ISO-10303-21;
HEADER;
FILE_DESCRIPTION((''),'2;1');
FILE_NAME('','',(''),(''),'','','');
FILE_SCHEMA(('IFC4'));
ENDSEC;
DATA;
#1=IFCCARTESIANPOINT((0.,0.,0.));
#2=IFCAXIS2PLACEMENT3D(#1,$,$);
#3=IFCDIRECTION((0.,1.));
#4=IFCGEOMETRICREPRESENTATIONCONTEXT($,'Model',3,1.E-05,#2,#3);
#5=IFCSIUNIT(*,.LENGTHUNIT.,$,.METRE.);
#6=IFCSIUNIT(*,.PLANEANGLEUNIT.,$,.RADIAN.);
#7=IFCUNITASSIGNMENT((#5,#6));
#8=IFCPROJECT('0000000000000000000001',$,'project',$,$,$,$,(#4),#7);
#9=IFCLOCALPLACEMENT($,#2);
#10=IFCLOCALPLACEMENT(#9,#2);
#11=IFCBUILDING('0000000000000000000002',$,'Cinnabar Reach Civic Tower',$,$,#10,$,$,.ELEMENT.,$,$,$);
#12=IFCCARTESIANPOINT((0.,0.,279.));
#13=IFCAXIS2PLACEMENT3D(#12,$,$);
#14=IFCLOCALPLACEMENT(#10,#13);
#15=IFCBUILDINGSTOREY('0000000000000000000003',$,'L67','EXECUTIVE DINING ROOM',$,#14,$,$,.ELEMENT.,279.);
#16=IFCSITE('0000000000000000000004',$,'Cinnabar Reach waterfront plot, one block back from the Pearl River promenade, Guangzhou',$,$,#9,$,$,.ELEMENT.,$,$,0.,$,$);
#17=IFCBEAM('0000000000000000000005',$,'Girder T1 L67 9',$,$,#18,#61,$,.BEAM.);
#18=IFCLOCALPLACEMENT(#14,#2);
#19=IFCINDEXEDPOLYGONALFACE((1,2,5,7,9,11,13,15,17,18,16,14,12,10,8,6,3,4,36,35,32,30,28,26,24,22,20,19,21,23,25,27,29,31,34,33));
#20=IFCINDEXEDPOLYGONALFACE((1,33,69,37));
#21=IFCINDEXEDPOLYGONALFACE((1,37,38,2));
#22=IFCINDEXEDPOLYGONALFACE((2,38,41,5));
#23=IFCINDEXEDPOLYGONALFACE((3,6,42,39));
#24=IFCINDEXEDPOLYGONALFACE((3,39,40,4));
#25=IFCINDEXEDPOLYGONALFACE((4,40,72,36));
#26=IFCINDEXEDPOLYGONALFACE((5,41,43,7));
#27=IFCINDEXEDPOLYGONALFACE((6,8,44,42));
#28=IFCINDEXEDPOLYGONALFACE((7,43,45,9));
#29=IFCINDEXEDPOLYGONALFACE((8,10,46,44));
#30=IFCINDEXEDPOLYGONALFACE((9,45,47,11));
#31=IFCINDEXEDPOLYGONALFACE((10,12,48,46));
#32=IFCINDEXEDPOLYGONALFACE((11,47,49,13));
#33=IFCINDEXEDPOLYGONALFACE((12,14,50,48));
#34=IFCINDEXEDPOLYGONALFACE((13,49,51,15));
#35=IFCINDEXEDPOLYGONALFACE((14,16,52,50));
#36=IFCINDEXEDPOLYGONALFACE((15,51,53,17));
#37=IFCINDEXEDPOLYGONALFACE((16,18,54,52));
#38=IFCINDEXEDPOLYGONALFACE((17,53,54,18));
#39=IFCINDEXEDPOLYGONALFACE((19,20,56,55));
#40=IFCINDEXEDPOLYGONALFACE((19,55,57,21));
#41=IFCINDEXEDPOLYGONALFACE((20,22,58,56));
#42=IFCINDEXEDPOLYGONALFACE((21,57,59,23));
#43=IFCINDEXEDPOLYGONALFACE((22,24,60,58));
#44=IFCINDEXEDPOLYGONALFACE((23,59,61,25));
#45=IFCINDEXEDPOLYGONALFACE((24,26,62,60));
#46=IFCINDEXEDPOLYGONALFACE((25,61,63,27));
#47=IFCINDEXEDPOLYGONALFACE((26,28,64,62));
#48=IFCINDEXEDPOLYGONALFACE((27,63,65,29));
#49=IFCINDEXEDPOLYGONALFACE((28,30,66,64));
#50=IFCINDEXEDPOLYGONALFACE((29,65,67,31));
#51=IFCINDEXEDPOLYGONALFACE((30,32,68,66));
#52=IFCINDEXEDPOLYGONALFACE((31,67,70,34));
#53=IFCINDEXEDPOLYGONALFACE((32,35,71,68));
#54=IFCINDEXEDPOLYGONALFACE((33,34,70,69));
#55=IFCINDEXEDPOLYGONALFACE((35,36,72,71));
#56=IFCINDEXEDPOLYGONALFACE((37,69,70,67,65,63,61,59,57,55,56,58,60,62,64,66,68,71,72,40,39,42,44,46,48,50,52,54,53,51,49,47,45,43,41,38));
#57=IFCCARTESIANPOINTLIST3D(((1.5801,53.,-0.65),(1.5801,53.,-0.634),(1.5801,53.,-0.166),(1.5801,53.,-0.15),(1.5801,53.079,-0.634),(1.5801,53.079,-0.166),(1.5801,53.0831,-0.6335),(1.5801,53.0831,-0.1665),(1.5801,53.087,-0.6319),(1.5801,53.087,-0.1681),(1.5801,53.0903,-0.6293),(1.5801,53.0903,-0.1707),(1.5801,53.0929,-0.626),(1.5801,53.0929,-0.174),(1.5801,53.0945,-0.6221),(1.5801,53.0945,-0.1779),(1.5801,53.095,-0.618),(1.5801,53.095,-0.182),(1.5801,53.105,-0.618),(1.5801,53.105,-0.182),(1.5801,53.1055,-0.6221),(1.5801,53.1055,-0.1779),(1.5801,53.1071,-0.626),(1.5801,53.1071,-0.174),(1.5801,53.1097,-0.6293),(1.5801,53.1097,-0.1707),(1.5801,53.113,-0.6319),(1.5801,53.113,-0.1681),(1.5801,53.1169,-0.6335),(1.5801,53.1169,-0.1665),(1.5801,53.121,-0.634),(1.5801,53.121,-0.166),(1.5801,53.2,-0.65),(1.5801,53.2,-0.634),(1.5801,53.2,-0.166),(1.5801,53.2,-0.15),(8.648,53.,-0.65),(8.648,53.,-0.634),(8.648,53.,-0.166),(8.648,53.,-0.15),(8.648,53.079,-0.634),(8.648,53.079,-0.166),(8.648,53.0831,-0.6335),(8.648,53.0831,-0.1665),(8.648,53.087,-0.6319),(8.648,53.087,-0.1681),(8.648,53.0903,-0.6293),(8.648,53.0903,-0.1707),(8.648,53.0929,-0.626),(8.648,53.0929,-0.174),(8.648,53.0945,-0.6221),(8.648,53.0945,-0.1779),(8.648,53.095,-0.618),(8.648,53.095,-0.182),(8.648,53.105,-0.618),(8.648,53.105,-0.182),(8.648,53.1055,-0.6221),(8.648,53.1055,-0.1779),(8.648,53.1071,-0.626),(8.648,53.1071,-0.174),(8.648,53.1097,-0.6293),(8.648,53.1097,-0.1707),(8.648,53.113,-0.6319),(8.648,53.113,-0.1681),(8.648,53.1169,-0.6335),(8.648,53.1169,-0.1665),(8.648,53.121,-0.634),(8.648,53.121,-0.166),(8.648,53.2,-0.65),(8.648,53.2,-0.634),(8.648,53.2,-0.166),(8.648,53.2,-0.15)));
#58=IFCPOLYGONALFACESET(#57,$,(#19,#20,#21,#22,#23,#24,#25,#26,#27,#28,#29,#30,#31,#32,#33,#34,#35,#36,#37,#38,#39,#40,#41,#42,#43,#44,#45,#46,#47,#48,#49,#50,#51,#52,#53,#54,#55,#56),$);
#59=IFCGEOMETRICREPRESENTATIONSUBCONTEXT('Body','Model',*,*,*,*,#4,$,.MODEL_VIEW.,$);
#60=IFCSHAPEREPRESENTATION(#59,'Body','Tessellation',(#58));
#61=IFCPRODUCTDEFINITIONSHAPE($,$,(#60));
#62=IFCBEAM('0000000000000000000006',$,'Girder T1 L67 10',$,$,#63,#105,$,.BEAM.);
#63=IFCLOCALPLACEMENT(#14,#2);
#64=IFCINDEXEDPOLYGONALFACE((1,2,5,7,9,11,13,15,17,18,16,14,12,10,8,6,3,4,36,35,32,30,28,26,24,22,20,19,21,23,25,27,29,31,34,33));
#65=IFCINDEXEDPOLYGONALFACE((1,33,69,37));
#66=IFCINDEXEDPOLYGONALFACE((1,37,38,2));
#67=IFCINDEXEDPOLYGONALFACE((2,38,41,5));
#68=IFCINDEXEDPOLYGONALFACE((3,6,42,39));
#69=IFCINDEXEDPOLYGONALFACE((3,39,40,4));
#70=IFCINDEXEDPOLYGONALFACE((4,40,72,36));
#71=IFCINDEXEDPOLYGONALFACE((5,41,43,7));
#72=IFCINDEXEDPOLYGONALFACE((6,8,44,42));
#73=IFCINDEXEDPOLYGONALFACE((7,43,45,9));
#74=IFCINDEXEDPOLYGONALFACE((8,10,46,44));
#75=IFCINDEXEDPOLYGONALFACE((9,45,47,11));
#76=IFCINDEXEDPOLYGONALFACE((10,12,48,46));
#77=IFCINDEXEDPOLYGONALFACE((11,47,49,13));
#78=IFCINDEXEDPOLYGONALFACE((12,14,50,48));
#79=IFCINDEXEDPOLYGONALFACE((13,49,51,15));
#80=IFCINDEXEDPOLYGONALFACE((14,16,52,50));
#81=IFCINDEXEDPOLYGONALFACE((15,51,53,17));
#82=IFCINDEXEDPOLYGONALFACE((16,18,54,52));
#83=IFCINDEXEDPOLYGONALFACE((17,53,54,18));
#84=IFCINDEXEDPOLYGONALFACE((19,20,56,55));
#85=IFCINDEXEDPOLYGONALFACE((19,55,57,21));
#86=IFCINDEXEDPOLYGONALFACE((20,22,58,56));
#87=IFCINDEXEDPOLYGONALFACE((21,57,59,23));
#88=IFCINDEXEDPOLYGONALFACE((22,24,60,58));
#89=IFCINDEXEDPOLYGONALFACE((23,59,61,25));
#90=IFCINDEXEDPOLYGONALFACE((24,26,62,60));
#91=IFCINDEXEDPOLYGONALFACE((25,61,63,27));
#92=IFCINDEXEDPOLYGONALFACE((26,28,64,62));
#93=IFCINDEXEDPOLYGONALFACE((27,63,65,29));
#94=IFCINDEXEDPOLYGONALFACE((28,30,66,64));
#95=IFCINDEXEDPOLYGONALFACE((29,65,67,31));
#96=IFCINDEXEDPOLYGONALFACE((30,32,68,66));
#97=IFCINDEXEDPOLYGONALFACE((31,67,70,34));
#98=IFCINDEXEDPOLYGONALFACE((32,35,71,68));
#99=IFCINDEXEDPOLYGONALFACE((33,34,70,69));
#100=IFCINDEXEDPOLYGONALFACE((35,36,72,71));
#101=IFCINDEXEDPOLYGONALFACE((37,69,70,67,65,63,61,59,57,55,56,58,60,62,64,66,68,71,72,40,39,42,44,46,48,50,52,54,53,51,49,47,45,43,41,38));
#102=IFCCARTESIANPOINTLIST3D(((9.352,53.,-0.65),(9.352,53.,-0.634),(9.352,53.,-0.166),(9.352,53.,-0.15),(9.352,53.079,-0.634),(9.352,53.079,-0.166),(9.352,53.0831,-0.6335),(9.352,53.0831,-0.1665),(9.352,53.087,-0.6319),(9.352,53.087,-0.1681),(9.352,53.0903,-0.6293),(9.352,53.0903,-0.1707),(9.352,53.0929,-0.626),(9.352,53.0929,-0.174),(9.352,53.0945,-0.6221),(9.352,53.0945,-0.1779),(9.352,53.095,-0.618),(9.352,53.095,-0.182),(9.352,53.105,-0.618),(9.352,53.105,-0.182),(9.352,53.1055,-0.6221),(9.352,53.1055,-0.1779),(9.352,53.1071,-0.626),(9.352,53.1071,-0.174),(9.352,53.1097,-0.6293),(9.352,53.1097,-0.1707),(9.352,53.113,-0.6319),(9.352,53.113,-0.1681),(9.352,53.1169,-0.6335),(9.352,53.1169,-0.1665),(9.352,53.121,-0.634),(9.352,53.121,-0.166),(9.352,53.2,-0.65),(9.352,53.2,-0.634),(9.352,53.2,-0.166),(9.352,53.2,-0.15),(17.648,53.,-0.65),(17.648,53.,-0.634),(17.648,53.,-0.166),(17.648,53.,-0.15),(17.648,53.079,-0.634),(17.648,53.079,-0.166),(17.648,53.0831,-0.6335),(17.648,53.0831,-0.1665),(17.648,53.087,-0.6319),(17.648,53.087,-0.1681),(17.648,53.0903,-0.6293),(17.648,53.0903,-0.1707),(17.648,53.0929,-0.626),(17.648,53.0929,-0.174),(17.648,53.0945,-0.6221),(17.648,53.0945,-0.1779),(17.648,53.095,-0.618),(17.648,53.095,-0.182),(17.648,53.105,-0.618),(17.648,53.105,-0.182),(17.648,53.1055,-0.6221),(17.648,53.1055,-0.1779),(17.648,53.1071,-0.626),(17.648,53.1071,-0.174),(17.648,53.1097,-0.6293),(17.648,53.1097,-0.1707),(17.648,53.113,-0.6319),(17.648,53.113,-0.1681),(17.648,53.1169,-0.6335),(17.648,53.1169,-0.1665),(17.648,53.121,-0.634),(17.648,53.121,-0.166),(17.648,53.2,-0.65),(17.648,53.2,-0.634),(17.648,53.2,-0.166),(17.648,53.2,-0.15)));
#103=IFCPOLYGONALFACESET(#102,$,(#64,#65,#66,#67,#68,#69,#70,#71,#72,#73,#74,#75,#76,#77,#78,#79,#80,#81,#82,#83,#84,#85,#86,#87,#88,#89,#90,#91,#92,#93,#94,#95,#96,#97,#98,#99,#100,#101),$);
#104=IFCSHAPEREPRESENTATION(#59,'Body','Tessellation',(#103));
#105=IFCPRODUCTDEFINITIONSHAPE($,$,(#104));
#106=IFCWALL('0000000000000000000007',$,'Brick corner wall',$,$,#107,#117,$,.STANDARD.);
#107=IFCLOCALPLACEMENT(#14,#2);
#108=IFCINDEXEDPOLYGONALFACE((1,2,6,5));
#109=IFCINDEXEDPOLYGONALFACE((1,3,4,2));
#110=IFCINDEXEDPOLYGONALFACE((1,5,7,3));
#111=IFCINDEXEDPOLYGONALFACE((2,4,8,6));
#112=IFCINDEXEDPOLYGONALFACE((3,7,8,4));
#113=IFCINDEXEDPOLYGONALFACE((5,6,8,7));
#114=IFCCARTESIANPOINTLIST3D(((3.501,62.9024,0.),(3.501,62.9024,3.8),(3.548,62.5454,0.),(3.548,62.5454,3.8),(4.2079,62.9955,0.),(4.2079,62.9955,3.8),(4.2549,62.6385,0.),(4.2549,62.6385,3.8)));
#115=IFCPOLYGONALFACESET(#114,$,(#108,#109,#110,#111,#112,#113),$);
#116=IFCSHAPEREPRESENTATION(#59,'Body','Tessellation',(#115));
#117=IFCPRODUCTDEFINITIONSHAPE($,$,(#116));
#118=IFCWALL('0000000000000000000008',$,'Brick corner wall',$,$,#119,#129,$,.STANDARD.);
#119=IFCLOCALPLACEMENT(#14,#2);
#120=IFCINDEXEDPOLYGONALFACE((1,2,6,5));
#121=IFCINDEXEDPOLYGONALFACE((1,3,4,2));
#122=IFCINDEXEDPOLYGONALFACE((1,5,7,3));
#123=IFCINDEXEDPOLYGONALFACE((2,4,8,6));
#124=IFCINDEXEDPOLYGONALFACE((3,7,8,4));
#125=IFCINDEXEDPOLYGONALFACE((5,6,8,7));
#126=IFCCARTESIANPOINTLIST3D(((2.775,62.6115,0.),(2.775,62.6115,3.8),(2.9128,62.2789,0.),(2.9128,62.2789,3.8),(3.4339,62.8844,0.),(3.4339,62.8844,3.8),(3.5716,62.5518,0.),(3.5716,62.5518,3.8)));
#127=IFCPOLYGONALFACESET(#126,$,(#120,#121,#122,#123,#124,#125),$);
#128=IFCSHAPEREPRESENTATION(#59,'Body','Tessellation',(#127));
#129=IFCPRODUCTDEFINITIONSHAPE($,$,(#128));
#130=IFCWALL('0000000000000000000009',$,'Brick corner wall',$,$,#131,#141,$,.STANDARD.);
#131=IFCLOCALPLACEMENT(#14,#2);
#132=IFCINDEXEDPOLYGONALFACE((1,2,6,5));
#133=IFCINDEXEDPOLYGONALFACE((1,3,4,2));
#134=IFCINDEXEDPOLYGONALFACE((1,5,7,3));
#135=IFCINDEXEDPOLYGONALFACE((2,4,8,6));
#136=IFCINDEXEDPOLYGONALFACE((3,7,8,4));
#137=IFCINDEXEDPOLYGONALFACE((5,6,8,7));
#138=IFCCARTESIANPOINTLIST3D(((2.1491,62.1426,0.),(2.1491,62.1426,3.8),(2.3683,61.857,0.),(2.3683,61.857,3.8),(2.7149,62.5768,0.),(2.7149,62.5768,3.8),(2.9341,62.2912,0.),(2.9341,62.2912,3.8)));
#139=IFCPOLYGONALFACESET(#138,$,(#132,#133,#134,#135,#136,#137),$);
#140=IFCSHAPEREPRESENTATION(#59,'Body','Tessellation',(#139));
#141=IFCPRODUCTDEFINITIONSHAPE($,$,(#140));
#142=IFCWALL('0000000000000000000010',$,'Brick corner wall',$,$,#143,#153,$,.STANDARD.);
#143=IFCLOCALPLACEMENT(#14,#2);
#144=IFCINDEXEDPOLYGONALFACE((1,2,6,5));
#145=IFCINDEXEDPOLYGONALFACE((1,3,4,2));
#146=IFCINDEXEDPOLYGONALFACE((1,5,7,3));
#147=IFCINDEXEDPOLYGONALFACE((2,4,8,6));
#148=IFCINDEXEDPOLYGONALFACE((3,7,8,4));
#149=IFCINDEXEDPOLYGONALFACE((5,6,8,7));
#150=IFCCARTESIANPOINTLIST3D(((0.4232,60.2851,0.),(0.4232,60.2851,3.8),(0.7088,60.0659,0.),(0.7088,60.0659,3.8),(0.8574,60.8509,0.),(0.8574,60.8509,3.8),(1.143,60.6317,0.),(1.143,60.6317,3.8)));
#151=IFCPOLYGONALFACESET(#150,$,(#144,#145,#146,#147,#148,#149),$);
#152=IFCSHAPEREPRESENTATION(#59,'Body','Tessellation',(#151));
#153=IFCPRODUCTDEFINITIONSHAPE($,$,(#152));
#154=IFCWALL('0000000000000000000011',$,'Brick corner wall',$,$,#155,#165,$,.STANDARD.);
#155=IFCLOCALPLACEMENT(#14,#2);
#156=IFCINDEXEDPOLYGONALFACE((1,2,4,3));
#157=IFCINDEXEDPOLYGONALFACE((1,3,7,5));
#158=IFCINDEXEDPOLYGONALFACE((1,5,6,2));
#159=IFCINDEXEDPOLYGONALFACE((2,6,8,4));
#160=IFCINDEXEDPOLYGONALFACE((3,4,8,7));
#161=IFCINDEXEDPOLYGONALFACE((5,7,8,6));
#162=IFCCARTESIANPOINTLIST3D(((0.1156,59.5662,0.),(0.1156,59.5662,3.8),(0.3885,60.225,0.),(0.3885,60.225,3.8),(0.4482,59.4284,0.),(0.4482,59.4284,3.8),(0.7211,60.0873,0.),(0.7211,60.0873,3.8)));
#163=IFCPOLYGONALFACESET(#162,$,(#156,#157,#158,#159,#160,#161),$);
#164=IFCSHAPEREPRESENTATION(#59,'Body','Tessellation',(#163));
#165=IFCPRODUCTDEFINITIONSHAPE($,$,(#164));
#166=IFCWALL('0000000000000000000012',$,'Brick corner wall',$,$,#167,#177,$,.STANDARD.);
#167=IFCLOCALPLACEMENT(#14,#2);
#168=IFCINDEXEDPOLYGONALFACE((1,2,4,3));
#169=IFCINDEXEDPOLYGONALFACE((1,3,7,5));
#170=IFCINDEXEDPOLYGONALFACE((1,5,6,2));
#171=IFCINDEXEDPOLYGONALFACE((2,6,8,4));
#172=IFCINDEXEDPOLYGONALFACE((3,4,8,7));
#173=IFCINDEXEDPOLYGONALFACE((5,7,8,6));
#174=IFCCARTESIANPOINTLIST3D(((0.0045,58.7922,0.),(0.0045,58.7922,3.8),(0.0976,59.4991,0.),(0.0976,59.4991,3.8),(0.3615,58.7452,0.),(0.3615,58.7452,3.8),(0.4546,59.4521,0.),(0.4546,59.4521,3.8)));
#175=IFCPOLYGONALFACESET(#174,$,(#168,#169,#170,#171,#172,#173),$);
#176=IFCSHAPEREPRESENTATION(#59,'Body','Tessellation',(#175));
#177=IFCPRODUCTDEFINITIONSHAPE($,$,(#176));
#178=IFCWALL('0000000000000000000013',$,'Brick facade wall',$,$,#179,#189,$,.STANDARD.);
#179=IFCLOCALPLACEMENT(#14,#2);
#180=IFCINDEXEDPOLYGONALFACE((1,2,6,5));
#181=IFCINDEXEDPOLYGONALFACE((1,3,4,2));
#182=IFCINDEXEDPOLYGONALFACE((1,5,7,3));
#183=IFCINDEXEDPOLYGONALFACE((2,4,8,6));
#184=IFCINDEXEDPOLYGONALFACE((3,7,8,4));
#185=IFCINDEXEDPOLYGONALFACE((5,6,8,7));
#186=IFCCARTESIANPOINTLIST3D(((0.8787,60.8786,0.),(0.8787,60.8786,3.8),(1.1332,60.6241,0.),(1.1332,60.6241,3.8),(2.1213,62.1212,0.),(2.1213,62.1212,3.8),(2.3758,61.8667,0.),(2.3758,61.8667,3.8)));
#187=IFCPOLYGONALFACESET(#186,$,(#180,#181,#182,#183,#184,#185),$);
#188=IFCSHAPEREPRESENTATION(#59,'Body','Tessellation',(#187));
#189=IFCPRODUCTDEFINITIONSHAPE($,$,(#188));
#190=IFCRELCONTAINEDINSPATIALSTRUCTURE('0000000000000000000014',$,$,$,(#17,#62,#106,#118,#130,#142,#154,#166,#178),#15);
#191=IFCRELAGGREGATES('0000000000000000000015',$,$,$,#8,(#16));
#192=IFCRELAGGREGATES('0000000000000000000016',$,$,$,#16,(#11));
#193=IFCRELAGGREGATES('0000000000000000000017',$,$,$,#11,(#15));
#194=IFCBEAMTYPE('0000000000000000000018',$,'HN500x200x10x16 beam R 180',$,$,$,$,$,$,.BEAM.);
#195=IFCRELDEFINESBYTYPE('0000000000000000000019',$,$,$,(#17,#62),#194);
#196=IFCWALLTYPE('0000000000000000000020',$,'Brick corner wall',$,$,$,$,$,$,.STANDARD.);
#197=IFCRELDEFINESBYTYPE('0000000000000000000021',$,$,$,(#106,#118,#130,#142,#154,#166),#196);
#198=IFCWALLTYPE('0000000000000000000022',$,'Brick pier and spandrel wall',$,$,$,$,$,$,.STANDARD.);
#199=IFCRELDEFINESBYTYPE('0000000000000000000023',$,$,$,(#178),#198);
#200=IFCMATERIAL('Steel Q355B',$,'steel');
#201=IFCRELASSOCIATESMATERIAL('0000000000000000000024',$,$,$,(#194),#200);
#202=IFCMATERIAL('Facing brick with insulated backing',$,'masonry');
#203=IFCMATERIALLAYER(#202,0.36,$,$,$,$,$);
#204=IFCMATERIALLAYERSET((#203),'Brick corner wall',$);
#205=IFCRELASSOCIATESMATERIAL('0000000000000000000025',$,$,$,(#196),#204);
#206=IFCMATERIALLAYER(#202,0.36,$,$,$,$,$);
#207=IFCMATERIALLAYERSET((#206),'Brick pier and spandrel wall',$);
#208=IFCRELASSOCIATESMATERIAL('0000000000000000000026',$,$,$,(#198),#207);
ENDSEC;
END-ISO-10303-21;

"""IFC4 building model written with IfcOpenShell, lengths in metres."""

from ifc_helpers import new_model, si_unit, direction, frame, frame_2d, origin, origin_2d, place, context, subcontext, project, spatial, rectangle, i_section, extrude, material, layer, layer_set, material_profile, profile_set, type_object, element, save


model = new_model("IFC4")

# Units and contexts
model_context = context("Model", 3, precision=1e-05, world=origin(), true_north=direction((0.0, 1.0)))
body_context = subcontext(model_context, "Body", "Model", "MODEL_VIEW")
ifc_project = project(units=[si_unit("LENGTHUNIT", "METRE"), si_unit("PLANEANGLEUNIT", "RADIAN")], contexts=[model_context])

# Site, building, storey
site_placement = place(None, origin())
site = spatial("IfcSite", under=ifc_project, at=site_placement, Name="Cinnabar Reach waterfront plot, one block back from the Pearl River promenade, Guangzhou", CompositionType="ELEMENT", RefElevation=0.0)
building_placement = place(site_placement, origin())
building = spatial("IfcBuilding", under=site, at=building_placement, Name="Cinnabar Reach Civic Tower", CompositionType="ELEMENT")
storey_placement = place(building_placement, frame((0.0, 0.0, 279.0)))
storey = spatial("IfcBuildingStorey", under=building, at=storey_placement, Name="L67", Description="EXECUTIVE DINING ROOM", CompositionType="ELEMENT", Elevation=279.0)

# Beams
ifc_material_1 = material(Name="Steel Q355B", Category="steel")
ifc_material_profile_1 = material_profile(ifc_material_1, i_section(OverallWidth=0.2, OverallDepth=0.5, WebThickness=0.01, FlangeThickness=0.016, FilletRadius=0.016, at=origin_2d()), Name="HN500x200x10x16")
ifc_profile_set_1 = profile_set([ifc_material_profile_1], Name="Steel Q355B")
beam_type_1 = type_object("IfcBeamType", Name="HN500x200x10x16 beam R 180", PredefinedType="BEAM", material=ifc_profile_set_1)
beam_1_placement = place(storey_placement, frame((1.5801, 53.1, -0.4), z_axis=(1.0, 0.0, 0.0), x_axis=(0.0, 1.0, 0.0)))
element("IfcBeam", 1, at=beam_1_placement, inside=storey, type_object=beam_type_1, Name="Girder T1 L67 9", PredefinedType="BEAM", context=body_context, shape_type="SweptSolid", body=[
    extrude(i_section(OverallWidth=0.2, OverallDepth=0.5, WebThickness=0.01, FlangeThickness=0.016, FilletRadius=0.016, at=origin_2d()), origin(), (0.0, 0.0, 1.0), 7.0679),
])
beam_2_placement = place(storey_placement, frame((9.352, 53.1, -0.4), z_axis=(1.0, 0.0, 0.0), x_axis=(0.0, 1.0, 0.0)))
element("IfcBeam", 2, at=beam_2_placement, inside=storey, type_object=beam_type_1, Name="Girder T1 L67 10", PredefinedType="BEAM", context=body_context, shape_type="SweptSolid", body=[
    extrude(i_section(OverallWidth=0.2, OverallDepth=0.5, WebThickness=0.01, FlangeThickness=0.016, FilletRadius=0.016, at=origin_2d()), origin(), (0.0, 0.0, 1.0), 8.296),
])

# Walls
ifc_material_2 = material(Name="Facing brick with insulated backing", Category="masonry")
ifc_layer_1 = layer(ifc_material_2, 0.36)
ifc_layer_set_1 = layer_set([ifc_layer_1], Name="Brick corner wall")
wall_type_1 = type_object("IfcWallType", Name="Brick corner wall", PredefinedType="STANDARD", material=ifc_layer_set_1)
for number, where, z_axis, x_axis, name in (
    (3, (4.2314, 62.817, 0.0), (0.0, 0.0, 1.0), (-0.991441, -0.130556, 0.0), "Brick corner wall"),
    (4, (3.5027, 62.7181, 0.0), (0.0, 0.0, 1.0), (-0.923872, -0.382703, 0.0), "Brick corner wall"),
):
    element("IfcWall", number, at=place(storey_placement, frame(where, z_axis=z_axis, x_axis=x_axis)), inside=storey, type_object=wall_type_1, Name=name, PredefinedType="STANDARD", context=body_context, shape_type="SweptSolid", body=[
        extrude(rectangle(XDim=0.7131, YDim=0.36, at=frame_2d((0.3565, 0.0))), origin(), (0.0, 0.0, 1.0), 3.8),
    ])
for number, where, z_axis, x_axis, name in (
    (5, (2.8245, 62.434, 0.0), (0.0, 0.0, 1.0), (-0.793322, -0.608802, 0.0), "Brick corner wall"),
    (6, (1.0002, 60.7413, 0.0), (0.0, 0.0, 1.0), (-0.608802, -0.793322, 0.0), "Brick corner wall"),
):
    element("IfcWall", number, at=place(storey_placement, frame(where, z_axis=z_axis, x_axis=x_axis)), inside=storey, type_object=wall_type_1, Name=name, PredefinedType="STANDARD", context=body_context, shape_type="SweptSolid", body=[
        extrude(rectangle(XDim=0.7132, YDim=0.36, at=frame_2d((0.3566, 0.0))), origin(), (0.0, 0.0, 1.0), 3.8),
    ])
for number, where, z_axis, x_axis, name in (
    (7, (0.5548, 60.1561, 0.0), (0.0, 0.0, 1.0), (-0.382703, -0.923872, 0.0), "Brick corner wall"),
    (8, (0.2761, 59.4756, 0.0), (0.0, 0.0, 1.0), (-0.130556, -0.991441, 0.0), "Brick corner wall"),
):
    element("IfcWall", number, at=place(storey_placement, frame(where, z_axis=z_axis, x_axis=x_axis)), inside=storey, type_object=wall_type_1, Name=name, PredefinedType="STANDARD", context=body_context, shape_type="SweptSolid", body=[
        extrude(rectangle(XDim=0.7131, YDim=0.36, at=frame_2d((0.3565, 0.0))), origin(), (0.0, 0.0, 1.0), 3.8),
    ])
ifc_layer_2 = layer(ifc_material_2, 0.36)
ifc_layer_set_2 = layer_set([ifc_layer_2], Name="Brick pier and spandrel wall")
wall_type_2 = type_object("IfcWallType", Name="Brick pier and spandrel wall", PredefinedType="STANDARD", material=ifc_layer_set_2)
wall_1_placement = place(storey_placement, frame((2.2486, 61.994, 0.0), z_axis=(0.0, 0.0, 1.0), x_axis=(-0.707107, -0.707107, 0.0)))
element("IfcWall", 9, at=wall_1_placement, inside=storey, type_object=wall_type_2, Name="Brick facade wall", PredefinedType="STANDARD", context=body_context, shape_type="SweptSolid", body=[
    extrude(rectangle(XDim=1.7573, YDim=0.36, at=frame_2d((0.8787, 0.0))), origin(), (0.0, 0.0, 1.0), 3.8),
])

save(model, "model.ifc")
